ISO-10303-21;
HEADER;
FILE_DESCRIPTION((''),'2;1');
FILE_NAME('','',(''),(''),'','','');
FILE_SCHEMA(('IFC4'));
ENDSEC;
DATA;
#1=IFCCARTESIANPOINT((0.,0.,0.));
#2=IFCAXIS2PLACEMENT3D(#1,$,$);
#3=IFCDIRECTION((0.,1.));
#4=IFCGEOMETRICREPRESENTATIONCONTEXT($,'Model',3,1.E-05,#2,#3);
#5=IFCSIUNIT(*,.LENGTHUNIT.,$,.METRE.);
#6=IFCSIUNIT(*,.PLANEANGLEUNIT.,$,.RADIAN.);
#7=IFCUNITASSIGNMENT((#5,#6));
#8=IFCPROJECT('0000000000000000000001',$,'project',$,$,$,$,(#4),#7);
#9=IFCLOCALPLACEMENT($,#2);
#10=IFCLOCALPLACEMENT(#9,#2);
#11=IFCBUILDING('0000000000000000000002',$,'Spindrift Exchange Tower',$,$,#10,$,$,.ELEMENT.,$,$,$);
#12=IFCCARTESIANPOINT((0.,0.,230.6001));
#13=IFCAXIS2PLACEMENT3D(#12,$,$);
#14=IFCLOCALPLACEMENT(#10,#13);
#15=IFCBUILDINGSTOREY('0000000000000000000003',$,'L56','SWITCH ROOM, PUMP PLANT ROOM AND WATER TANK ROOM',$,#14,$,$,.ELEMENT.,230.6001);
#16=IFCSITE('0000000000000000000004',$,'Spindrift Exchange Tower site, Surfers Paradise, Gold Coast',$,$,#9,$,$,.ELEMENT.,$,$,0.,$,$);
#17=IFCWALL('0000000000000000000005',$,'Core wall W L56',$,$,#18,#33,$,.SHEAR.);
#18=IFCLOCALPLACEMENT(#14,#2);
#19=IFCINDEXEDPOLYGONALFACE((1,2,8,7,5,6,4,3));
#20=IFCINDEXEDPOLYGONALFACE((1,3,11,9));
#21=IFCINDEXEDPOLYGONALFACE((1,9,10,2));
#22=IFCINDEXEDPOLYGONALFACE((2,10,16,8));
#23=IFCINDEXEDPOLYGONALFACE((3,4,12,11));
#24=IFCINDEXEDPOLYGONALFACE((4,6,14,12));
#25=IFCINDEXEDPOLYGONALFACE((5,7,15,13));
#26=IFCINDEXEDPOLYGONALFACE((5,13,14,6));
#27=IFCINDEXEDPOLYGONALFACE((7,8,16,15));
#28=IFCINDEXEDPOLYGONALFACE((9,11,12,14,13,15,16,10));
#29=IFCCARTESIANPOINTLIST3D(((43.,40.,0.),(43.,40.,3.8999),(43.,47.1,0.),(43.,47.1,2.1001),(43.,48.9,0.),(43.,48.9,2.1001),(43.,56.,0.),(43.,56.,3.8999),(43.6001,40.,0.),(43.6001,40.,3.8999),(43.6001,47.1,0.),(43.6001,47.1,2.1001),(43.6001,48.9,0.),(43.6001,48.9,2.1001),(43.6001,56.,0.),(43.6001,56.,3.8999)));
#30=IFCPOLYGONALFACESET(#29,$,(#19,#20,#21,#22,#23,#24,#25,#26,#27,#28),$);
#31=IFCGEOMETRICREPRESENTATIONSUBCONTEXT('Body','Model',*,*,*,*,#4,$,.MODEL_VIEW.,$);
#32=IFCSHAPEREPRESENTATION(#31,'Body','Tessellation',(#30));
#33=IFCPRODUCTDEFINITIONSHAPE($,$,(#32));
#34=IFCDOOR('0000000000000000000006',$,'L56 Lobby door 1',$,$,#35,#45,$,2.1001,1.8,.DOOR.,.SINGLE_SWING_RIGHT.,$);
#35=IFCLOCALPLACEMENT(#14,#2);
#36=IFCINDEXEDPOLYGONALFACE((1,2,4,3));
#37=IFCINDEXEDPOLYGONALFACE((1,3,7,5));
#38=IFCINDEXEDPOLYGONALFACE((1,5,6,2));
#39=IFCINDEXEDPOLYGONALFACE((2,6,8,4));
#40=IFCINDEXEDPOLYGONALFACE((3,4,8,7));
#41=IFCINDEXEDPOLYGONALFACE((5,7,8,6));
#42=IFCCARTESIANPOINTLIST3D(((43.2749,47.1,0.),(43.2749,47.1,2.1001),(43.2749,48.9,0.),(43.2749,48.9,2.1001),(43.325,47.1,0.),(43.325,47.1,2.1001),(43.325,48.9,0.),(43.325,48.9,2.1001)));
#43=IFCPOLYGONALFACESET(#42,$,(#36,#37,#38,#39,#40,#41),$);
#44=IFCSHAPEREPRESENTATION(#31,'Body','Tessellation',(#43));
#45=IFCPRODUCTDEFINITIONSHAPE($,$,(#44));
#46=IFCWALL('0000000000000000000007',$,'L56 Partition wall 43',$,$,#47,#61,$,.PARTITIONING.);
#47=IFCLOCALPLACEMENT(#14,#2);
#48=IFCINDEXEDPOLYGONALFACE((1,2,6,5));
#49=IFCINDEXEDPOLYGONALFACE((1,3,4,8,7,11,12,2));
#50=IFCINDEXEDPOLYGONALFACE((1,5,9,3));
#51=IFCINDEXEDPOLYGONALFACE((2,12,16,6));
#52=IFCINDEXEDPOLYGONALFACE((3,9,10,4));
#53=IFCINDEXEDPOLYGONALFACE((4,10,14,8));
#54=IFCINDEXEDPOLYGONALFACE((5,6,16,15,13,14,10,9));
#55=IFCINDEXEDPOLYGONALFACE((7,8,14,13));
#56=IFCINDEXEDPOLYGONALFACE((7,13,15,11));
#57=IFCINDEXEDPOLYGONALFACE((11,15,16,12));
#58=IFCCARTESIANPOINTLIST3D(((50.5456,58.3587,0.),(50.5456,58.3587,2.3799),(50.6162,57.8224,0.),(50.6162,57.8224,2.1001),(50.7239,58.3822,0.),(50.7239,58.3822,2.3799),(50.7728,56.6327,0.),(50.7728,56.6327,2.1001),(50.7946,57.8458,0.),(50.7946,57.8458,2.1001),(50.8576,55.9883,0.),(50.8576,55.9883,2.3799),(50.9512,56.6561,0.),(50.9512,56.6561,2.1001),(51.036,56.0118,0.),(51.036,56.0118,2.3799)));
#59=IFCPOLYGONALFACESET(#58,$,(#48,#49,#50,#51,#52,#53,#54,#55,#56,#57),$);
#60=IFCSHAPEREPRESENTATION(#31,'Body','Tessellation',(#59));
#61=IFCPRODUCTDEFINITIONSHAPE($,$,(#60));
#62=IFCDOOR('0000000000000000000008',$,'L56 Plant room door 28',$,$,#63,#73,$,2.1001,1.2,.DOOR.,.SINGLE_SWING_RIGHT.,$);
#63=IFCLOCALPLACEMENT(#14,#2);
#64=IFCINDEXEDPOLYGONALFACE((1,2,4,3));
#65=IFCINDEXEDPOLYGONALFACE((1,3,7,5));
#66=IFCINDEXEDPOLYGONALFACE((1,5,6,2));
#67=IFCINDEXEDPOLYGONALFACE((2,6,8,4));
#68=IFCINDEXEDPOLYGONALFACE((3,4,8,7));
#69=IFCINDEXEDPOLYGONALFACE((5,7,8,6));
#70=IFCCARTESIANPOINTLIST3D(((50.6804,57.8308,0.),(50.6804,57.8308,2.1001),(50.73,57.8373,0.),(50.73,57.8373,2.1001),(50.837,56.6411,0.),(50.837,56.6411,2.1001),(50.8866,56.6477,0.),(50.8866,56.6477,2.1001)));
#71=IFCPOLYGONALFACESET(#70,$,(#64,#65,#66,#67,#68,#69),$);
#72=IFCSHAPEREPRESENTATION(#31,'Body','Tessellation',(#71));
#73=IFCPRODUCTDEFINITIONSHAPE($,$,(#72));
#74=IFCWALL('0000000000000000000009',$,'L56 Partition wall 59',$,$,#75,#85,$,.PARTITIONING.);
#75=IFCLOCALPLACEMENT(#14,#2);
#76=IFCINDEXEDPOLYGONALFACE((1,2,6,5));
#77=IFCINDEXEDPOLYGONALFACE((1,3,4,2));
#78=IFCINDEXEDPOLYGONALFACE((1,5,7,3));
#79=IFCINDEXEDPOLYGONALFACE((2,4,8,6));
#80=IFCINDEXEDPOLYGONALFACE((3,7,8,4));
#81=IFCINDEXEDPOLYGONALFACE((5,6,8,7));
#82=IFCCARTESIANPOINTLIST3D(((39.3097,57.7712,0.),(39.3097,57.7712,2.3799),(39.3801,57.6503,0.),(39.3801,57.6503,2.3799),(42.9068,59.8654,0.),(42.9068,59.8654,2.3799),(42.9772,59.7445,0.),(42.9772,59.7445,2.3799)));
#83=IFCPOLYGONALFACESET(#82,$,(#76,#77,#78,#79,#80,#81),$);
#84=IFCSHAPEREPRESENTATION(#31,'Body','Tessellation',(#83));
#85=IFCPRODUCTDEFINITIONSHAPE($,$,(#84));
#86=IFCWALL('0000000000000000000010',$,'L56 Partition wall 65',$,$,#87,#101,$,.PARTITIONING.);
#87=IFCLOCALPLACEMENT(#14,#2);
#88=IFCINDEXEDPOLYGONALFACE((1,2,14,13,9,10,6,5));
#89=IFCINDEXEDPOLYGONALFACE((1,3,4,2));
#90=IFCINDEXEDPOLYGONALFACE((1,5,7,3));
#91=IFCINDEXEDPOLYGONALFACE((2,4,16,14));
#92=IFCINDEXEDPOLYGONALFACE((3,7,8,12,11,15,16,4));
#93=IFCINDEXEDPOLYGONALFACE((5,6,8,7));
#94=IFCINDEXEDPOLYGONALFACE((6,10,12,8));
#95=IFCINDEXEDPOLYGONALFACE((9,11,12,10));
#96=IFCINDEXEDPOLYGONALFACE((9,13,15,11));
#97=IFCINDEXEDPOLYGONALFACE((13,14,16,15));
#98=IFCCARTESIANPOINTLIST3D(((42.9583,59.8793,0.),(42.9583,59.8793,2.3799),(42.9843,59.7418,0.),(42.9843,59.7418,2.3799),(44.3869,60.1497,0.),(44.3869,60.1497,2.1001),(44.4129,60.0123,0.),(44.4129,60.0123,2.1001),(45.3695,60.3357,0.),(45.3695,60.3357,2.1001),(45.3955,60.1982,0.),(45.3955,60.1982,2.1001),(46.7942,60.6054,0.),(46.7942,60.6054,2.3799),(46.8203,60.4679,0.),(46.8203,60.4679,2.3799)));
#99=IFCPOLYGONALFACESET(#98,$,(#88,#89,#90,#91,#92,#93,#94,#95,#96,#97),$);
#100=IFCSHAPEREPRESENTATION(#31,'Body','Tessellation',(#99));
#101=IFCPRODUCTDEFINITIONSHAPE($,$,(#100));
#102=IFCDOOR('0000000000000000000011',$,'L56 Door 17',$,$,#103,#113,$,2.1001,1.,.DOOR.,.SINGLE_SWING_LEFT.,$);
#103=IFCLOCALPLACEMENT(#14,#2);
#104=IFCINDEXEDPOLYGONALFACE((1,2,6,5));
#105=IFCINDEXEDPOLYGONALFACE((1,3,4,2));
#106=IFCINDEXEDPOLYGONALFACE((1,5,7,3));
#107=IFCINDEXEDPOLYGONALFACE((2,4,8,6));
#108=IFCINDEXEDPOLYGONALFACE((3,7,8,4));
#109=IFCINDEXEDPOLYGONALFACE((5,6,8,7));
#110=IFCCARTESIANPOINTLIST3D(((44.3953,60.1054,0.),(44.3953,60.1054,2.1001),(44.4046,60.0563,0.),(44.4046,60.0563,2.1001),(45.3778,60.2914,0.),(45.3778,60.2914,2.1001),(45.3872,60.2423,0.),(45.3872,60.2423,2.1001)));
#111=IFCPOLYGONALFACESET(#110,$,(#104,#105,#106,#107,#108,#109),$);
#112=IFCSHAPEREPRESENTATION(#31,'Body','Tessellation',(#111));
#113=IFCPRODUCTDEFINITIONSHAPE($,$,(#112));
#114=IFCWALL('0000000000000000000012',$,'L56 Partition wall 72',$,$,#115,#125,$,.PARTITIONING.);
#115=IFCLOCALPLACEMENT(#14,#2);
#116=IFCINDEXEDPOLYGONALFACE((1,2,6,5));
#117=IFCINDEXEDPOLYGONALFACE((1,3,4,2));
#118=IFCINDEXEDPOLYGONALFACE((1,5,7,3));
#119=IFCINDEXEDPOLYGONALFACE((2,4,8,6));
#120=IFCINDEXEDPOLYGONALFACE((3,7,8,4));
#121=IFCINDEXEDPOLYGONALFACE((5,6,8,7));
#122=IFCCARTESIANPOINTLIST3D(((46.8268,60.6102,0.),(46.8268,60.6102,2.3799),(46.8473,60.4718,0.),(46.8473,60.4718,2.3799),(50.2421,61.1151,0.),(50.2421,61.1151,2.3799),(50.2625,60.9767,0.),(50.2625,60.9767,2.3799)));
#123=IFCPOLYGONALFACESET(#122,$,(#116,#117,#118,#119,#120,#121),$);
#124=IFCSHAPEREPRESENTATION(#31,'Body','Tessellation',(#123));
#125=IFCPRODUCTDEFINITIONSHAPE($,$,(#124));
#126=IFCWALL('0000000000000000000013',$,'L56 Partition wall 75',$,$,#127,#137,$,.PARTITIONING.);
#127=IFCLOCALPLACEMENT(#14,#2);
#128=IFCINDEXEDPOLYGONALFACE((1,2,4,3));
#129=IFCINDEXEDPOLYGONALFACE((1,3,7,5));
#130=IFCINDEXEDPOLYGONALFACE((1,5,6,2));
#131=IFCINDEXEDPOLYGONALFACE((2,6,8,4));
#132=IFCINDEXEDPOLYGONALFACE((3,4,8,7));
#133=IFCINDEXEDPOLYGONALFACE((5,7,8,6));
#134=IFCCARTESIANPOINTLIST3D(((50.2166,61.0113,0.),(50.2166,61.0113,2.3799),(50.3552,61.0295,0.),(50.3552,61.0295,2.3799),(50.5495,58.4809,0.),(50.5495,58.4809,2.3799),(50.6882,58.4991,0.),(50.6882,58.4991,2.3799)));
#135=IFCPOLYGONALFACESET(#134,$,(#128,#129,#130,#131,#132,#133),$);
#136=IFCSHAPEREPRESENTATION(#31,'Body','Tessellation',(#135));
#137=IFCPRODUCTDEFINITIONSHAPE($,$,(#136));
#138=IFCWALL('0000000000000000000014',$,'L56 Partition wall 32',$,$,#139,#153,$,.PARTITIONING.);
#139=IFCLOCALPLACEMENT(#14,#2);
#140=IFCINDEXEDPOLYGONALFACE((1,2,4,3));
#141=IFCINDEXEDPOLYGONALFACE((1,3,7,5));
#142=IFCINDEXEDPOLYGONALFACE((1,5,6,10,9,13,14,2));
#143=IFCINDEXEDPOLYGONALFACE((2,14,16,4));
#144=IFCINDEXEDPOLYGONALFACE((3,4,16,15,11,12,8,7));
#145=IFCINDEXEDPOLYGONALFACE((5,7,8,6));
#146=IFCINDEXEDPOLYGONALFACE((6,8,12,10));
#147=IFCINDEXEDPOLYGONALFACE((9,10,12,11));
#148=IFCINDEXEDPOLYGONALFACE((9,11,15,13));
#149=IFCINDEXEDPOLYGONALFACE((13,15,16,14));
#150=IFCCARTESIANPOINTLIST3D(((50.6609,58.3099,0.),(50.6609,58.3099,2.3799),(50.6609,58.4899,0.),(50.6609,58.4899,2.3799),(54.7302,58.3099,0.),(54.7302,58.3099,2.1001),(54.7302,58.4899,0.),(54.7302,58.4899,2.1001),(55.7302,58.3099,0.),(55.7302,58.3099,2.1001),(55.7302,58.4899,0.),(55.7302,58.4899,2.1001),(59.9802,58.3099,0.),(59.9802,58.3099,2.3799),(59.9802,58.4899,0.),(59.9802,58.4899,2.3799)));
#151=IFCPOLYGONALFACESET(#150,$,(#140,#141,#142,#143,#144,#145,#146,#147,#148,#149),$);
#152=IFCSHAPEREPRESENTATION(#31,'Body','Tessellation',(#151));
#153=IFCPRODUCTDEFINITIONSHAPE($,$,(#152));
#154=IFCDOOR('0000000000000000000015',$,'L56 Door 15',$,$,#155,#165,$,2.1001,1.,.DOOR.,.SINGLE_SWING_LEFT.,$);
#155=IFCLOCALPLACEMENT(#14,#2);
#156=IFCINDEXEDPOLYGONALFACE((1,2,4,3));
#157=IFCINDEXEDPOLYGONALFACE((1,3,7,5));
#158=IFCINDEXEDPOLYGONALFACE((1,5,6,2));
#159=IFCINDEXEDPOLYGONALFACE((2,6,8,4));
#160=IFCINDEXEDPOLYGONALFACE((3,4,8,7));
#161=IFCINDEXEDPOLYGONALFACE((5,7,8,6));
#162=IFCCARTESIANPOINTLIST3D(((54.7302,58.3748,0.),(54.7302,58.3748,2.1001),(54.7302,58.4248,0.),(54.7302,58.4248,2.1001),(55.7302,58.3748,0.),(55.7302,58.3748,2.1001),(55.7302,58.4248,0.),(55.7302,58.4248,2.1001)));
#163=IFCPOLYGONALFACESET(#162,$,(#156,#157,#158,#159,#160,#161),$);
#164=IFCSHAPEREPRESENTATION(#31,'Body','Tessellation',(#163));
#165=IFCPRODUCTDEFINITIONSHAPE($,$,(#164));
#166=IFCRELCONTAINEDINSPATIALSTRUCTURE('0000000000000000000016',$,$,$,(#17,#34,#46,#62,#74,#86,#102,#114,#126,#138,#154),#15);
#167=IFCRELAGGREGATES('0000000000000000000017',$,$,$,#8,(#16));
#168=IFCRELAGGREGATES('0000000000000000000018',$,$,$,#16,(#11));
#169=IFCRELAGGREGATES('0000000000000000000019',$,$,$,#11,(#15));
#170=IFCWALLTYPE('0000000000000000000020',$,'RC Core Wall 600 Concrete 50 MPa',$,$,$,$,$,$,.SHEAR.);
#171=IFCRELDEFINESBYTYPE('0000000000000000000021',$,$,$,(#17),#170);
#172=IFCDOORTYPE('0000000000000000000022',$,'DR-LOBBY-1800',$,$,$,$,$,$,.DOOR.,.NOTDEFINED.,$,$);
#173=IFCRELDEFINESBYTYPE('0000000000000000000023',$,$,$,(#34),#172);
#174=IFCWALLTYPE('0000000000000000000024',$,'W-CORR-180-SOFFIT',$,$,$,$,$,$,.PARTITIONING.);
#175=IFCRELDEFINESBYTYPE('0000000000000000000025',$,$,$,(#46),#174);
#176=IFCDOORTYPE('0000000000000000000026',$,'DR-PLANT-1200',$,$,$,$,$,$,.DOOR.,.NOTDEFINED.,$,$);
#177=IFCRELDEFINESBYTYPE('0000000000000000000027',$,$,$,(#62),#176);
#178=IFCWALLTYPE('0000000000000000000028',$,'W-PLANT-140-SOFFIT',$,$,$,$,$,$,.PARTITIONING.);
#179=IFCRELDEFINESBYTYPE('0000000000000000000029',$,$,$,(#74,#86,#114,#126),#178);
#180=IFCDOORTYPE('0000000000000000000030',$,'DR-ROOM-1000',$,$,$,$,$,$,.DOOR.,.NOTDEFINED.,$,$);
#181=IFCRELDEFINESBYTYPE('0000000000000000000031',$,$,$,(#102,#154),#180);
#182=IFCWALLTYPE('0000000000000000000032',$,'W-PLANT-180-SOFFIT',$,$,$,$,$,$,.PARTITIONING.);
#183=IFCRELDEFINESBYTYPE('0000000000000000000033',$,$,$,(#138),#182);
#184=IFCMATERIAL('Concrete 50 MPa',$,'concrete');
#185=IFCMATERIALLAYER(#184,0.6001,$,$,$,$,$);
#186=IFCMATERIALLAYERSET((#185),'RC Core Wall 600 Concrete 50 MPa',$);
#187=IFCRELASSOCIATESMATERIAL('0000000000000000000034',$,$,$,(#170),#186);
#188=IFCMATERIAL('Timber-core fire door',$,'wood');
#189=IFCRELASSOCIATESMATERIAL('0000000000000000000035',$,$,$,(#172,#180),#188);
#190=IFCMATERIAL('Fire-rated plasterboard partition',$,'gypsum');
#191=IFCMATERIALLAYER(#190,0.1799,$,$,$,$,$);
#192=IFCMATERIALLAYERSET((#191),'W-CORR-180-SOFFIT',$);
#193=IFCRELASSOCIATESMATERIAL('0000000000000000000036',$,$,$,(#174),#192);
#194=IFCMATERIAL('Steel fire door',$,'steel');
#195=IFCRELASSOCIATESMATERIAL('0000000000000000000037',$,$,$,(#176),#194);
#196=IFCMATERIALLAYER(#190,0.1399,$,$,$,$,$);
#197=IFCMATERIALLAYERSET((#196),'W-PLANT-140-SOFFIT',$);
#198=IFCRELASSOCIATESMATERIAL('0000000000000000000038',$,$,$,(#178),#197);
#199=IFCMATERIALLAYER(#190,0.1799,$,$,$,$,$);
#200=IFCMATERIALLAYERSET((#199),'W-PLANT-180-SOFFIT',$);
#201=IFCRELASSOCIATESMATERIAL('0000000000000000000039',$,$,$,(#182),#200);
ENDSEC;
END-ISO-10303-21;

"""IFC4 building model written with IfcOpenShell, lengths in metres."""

from ifc_helpers import new_model, si_unit, direction, frame, frame_2d, origin, place, context, subcontext, project, spatial, rectangle, extrude, source, transform, mapped, material, layer, layer_set, type_object, element, fill, save


model = new_model("IFC4")

# Units and contexts
model_context = context("Model", 3, precision=1e-05, world=origin(), true_north=direction((0.0, 1.0)))
body_context = subcontext(model_context, "Body", "Model", "MODEL_VIEW")
ifc_project = project(units=[si_unit("LENGTHUNIT", "METRE"), si_unit("PLANEANGLEUNIT", "RADIAN")], contexts=[model_context])

# Site, building, storey
site_placement = place(None, origin())
site = spatial("IfcSite", under=ifc_project, at=site_placement, Name="Spindrift Exchange Tower site, Surfers Paradise, Gold Coast", CompositionType="ELEMENT", RefElevation=0.0)
building_placement = place(site_placement, origin())
building = spatial("IfcBuilding", under=site, at=building_placement, Name="Spindrift Exchange Tower", CompositionType="ELEMENT")
storey_placement = place(building_placement, frame((0.0, 0.0, 230.6001)))
storey = spatial("IfcBuildingStorey", under=building, at=storey_placement, Name="L56", Description="SWITCH ROOM, PUMP PLANT ROOM AND WATER TANK ROOM", CompositionType="ELEMENT", Elevation=230.6001)

# Walls, openings, doors
ifc_material_1 = material(Name="Concrete 50 MPa", Category="concrete")
ifc_layer_1 = layer(ifc_material_1, 0.6001)
ifc_layer_set_1 = layer_set([ifc_layer_1], Name="RC Core Wall 600 Concrete 50 MPa")
wall_type_1 = type_object("IfcWallType", Name="RC Core Wall 600 Concrete 50 MPa", PredefinedType="SHEAR", material=ifc_layer_set_1)
wall_1_placement = place(storey_placement, frame((43.3, 56.0, 0.0), z_axis=(0.0, 0.0, 1.0), x_axis=(0.0, -1.0, 0.0)))
wall_1 = element("IfcWall", 1, at=wall_1_placement, inside=storey, type_object=wall_type_1, Name="Core wall W L56", PredefinedType="SHEAR", context=body_context, shape_type="SweptSolid", body=[
    extrude(rectangle(XDim=16.0, YDim=0.6001, at=frame_2d((8.0, 0.0))), origin(), (0.0, 0.0, 1.0), 3.8999),
])
opening_1_placement = place(wall_1_placement, frame((7.1001, 0.0, 0.0)))
opening_1 = element("IfcOpeningElement", 2, at=opening_1_placement, cuts=wall_1, PredefinedType="OPENING", context=body_context, shape_type="SweptSolid", body=[
    extrude(rectangle(XDim=1.8, YDim=2.1001, at=frame_2d((0.8999, 1.05))), frame((0.0, 0.3101, 0.0), z_axis=(0.0, -1.0, 0.0), x_axis=(1.0, 0.0, 0.0)), (0.0, 0.0, 1.0), 0.6201),
])
ifc_material_2 = material(Name="Timber-core fire door", Category="wood")
door_type_1 = type_object("IfcDoorType", Name="DR-LOBBY-1800", OperationType="NOTDEFINED", PredefinedType="DOOR", material=ifc_material_2)
shared_shape_1 = source(origin(), body_context, "Body", "SweptSolid", [
    extrude(rectangle(XDim=1.8, YDim=2.1001, at=frame_2d((0.8999, 1.05))), frame((0.0, 0.0249, 0.0), z_axis=(0.0, -1.0, 0.0), x_axis=(1.0, 0.0, 0.0)), (0.0, 0.0, 1.0), 0.05),
])
door_1_placement = place(opening_1_placement, origin())
door_1 = element("IfcDoor", 3, at=door_1_placement, inside=storey, type_object=door_type_1, Name="L56 Lobby door 1", OperationType="SINGLE_SWING_RIGHT", OverallHeight=2.1001, OverallWidth=1.8, PredefinedType="DOOR", context=body_context, shape_type="MappedRepresentation", body=[
    mapped(shared_shape_1, transform((0.0, 0.0, 0.0), scale=1.0)),
])
fill(opening_1, door_1)
ifc_material_3 = material(Name="Fire-rated plasterboard partition", Category="gypsum")
ifc_layer_2 = layer(ifc_material_3, 0.1799)
ifc_layer_set_2 = layer_set([ifc_layer_2], Name="W-CORR-180-SOFFIT")
wall_type_2 = type_object("IfcWallType", Name="W-CORR-180-SOFFIT", PredefinedType="PARTITIONING", material=ifc_layer_set_2)
wall_2_placement = place(storey_placement, frame((50.6348, 58.3704, 0.0), z_axis=(0.0, 0.0, 1.0), x_axis=(0.130505, -0.991448, 0.0)))
wall_2 = element("IfcWall", 4, at=wall_2_placement, inside=storey, type_object=wall_type_2, Name="L56 Partition wall 43", PredefinedType="PARTITIONING", context=body_context, shape_type="SweptSolid", body=[
    extrude(rectangle(XDim=2.3909, YDim=0.1799, at=frame_2d((1.1953, 0.0))), origin(), (0.0, 0.0, 1.0), 2.3799),
])
opening_2_placement = place(wall_2_placement, frame((0.5408, 0.0, 0.0)))
opening_2 = element("IfcOpeningElement", 5, at=opening_2_placement, cuts=wall_2, PredefinedType="OPENING", context=body_context, shape_type="SweptSolid", body=[
    extrude(rectangle(XDim=1.2, YDim=2.1001, at=frame_2d((0.6001, 1.05))), frame((0.0, 0.0999, 0.0), z_axis=(0.0, -1.0, 0.0), x_axis=(1.0, 0.0, 0.0)), (0.0, 0.0, 1.0), 0.2),
])
ifc_material_4 = material(Name="Steel fire door", Category="steel")
door_type_2 = type_object("IfcDoorType", Name="DR-PLANT-1200", OperationType="NOTDEFINED", PredefinedType="DOOR", material=ifc_material_4)
shared_shape_2 = source(origin(), body_context, "Body", "SweptSolid", [
    extrude(rectangle(XDim=1.2, YDim=2.1001, at=frame_2d((0.6001, 1.05))), frame((0.0, 0.0249, 0.0), z_axis=(0.0, -1.0, 0.0), x_axis=(1.0, 0.0, 0.0)), (0.0, 0.0, 1.0), 0.05),
])
door_2_placement = place(opening_2_placement, origin())
door_2 = element("IfcDoor", 6, at=door_2_placement, inside=storey, type_object=door_type_2, Name="L56 Plant room door 28", OperationType="SINGLE_SWING_RIGHT", OverallHeight=2.1001, OverallWidth=1.2, PredefinedType="DOOR", context=body_context, shape_type="MappedRepresentation", body=[
    mapped(shared_shape_2, transform((0.0, 0.0, 0.0), scale=1.0)),
])
fill(opening_2, door_2)

# Wall
ifc_layer_3 = layer(ifc_material_3, 0.1399)
ifc_layer_set_3 = layer_set([ifc_layer_3], Name="W-PLANT-140-SOFFIT")
wall_type_3 = type_object("IfcWallType", Name="W-PLANT-140-SOFFIT", PredefinedType="PARTITIONING", material=ifc_layer_set_3)
wall_3_placement = place(storey_placement, frame((42.9419, 59.8049, 0.0), z_axis=(0.0, 0.0, 1.0), x_axis=(-0.864208, -0.503134, 0.0)))
element("IfcWall", 7, at=wall_3_placement, inside=storey, type_object=wall_type_3, Name="L56 Partition wall 59", PredefinedType="PARTITIONING", context=body_context, shape_type="SweptSolid", body=[
    extrude(rectangle(XDim=4.1624, YDim=0.1399, at=frame_2d((2.0811, 0.0))), origin(), (0.0, 0.0, 1.0), 2.3799),
])

# Wall, opening, door
wall_4_placement = place(storey_placement, frame((42.9712, 59.8105, 0.0), z_axis=(0.0, 0.0, 1.0), x_axis=(0.982554, 0.18598, 0.0)))
wall_4 = element("IfcWall", 8, at=wall_4_placement, inside=storey, type_object=wall_type_3, Name="L56 Partition wall 65", PredefinedType="PARTITIONING", context=body_context, shape_type="SweptSolid", body=[
    extrude(rectangle(XDim=3.9041, YDim=0.1399, at=frame_2d((1.9521, 0.0))), origin(), (0.0, 0.0, 1.0), 2.3799),
])
opening_3_placement = place(wall_4_placement, frame((1.4541, 0.0, 0.0)))
opening_3 = element("IfcOpeningElement", 9, at=opening_3_placement, cuts=wall_4, PredefinedType="OPENING", context=body_context, shape_type="SweptSolid", body=[
    extrude(rectangle(XDim=1.0, YDim=2.1001, at=frame_2d((0.5, 1.05))), frame((0.0, 0.0798, 0.0), z_axis=(0.0, -1.0, 0.0), x_axis=(1.0, 0.0, 0.0)), (0.0, 0.0, 1.0), 0.1599),
])
door_type_3 = type_object("IfcDoorType", Name="DR-ROOM-1000", OperationType="NOTDEFINED", PredefinedType="DOOR", material=ifc_material_2)
shared_shape_3 = source(origin(), body_context, "Body", "SweptSolid", [
    extrude(rectangle(XDim=1.0, YDim=2.1001, at=frame_2d((0.5, 1.05))), frame((0.0, 0.0249, 0.0), z_axis=(0.0, -1.0, 0.0), x_axis=(1.0, 0.0, 0.0)), (0.0, 0.0, 1.0), 0.05),
])
door_3_placement = place(opening_3_placement, origin())
door_3 = element("IfcDoor", 10, at=door_3_placement, inside=storey, type_object=door_type_3, Name="L56 Door 17", OperationType="SINGLE_SWING_LEFT", OverallHeight=2.1001, OverallWidth=1.0, PredefinedType="DOOR", context=body_context, shape_type="MappedRepresentation", body=[
    mapped(shared_shape_3, transform((0.0, 0.0, 0.0), scale=1.0)),
])
fill(opening_3, door_3)

# Walls
wall_5_placement = place(storey_placement, frame((50.2522, 61.0459, 0.0), z_axis=(0.0, 0.0, 1.0), x_axis=(-0.989249, -0.146241, 0.0)))
element("IfcWall", 11, at=wall_5_placement, inside=storey, type_object=wall_type_3, Name="L56 Partition wall 72", PredefinedType="PARTITIONING", context=body_context, shape_type="SweptSolid", body=[
    extrude(rectangle(XDim=3.4524, YDim=0.1399, at=frame_2d((1.7261, 0.0))), origin(), (0.0, 0.0, 1.0), 2.3799),
])
wall_6_placement = place(storey_placement, frame((50.6189, 58.49, 0.0), z_axis=(0.0, 0.0, 1.0), x_axis=(-0.130472, 0.991452, 0.0)))
element("IfcWall", 12, at=wall_6_placement, inside=storey, type_object=wall_type_3, Name="L56 Partition wall 75", PredefinedType="PARTITIONING", context=body_context, shape_type="SweptSolid", body=[
    extrude(rectangle(XDim=2.5522, YDim=0.1399, at=frame_2d((1.2761, 0.0))), origin(), (0.0, 0.0, 1.0), 2.3799),
])

# Wall, opening, door
ifc_layer_4 = layer(ifc_material_3, 0.1799)
ifc_layer_set_4 = layer_set([ifc_layer_4], Name="W-PLANT-180-SOFFIT")
wall_type_4 = type_object("IfcWallType", Name="W-PLANT-180-SOFFIT", PredefinedType="PARTITIONING", material=ifc_layer_set_4)
wall_7_placement = place(storey_placement, frame((50.6609, 58.3999, 0.0), z_axis=(0.0, 0.0, 1.0), x_axis=(1.0, 0.0, 0.0)))
wall_7 = element("IfcWall", 13, at=wall_7_placement, inside=storey, type_object=wall_type_4, Name="L56 Partition wall 32", PredefinedType="PARTITIONING", context=body_context, shape_type="SweptSolid", body=[
    extrude(rectangle(XDim=9.3193, YDim=0.1799, at=frame_2d((4.6597, 0.0))), origin(), (0.0, 0.0, 1.0), 2.3799),
])
opening_4_placement = place(wall_7_placement, frame((4.0693, 0.0, 0.0)))
opening_4 = element("IfcOpeningElement", 14, at=opening_4_placement, cuts=wall_7, PredefinedType="OPENING", context=body_context, shape_type="SweptSolid", body=[
    extrude(rectangle(XDim=1.0, YDim=2.1001, at=frame_2d((0.5, 1.05))), frame((0.0, 0.0999, 0.0), z_axis=(0.0, -1.0, 0.0), x_axis=(1.0, 0.0, 0.0)), (0.0, 0.0, 1.0), 0.2),
])
door_4_placement = place(opening_4_placement, origin())
door_4 = element("IfcDoor", 15, at=door_4_placement, inside=storey, type_object=door_type_3, Name="L56 Door 15", OperationType="SINGLE_SWING_LEFT", OverallHeight=2.1001, OverallWidth=1.0, PredefinedType="DOOR", context=body_context, shape_type="MappedRepresentation", body=[
    mapped(shared_shape_3, transform((0.0, 0.0, 0.0), scale=1.0)),
])
fill(opening_4, door_4)

save(model, "model.ifc")
